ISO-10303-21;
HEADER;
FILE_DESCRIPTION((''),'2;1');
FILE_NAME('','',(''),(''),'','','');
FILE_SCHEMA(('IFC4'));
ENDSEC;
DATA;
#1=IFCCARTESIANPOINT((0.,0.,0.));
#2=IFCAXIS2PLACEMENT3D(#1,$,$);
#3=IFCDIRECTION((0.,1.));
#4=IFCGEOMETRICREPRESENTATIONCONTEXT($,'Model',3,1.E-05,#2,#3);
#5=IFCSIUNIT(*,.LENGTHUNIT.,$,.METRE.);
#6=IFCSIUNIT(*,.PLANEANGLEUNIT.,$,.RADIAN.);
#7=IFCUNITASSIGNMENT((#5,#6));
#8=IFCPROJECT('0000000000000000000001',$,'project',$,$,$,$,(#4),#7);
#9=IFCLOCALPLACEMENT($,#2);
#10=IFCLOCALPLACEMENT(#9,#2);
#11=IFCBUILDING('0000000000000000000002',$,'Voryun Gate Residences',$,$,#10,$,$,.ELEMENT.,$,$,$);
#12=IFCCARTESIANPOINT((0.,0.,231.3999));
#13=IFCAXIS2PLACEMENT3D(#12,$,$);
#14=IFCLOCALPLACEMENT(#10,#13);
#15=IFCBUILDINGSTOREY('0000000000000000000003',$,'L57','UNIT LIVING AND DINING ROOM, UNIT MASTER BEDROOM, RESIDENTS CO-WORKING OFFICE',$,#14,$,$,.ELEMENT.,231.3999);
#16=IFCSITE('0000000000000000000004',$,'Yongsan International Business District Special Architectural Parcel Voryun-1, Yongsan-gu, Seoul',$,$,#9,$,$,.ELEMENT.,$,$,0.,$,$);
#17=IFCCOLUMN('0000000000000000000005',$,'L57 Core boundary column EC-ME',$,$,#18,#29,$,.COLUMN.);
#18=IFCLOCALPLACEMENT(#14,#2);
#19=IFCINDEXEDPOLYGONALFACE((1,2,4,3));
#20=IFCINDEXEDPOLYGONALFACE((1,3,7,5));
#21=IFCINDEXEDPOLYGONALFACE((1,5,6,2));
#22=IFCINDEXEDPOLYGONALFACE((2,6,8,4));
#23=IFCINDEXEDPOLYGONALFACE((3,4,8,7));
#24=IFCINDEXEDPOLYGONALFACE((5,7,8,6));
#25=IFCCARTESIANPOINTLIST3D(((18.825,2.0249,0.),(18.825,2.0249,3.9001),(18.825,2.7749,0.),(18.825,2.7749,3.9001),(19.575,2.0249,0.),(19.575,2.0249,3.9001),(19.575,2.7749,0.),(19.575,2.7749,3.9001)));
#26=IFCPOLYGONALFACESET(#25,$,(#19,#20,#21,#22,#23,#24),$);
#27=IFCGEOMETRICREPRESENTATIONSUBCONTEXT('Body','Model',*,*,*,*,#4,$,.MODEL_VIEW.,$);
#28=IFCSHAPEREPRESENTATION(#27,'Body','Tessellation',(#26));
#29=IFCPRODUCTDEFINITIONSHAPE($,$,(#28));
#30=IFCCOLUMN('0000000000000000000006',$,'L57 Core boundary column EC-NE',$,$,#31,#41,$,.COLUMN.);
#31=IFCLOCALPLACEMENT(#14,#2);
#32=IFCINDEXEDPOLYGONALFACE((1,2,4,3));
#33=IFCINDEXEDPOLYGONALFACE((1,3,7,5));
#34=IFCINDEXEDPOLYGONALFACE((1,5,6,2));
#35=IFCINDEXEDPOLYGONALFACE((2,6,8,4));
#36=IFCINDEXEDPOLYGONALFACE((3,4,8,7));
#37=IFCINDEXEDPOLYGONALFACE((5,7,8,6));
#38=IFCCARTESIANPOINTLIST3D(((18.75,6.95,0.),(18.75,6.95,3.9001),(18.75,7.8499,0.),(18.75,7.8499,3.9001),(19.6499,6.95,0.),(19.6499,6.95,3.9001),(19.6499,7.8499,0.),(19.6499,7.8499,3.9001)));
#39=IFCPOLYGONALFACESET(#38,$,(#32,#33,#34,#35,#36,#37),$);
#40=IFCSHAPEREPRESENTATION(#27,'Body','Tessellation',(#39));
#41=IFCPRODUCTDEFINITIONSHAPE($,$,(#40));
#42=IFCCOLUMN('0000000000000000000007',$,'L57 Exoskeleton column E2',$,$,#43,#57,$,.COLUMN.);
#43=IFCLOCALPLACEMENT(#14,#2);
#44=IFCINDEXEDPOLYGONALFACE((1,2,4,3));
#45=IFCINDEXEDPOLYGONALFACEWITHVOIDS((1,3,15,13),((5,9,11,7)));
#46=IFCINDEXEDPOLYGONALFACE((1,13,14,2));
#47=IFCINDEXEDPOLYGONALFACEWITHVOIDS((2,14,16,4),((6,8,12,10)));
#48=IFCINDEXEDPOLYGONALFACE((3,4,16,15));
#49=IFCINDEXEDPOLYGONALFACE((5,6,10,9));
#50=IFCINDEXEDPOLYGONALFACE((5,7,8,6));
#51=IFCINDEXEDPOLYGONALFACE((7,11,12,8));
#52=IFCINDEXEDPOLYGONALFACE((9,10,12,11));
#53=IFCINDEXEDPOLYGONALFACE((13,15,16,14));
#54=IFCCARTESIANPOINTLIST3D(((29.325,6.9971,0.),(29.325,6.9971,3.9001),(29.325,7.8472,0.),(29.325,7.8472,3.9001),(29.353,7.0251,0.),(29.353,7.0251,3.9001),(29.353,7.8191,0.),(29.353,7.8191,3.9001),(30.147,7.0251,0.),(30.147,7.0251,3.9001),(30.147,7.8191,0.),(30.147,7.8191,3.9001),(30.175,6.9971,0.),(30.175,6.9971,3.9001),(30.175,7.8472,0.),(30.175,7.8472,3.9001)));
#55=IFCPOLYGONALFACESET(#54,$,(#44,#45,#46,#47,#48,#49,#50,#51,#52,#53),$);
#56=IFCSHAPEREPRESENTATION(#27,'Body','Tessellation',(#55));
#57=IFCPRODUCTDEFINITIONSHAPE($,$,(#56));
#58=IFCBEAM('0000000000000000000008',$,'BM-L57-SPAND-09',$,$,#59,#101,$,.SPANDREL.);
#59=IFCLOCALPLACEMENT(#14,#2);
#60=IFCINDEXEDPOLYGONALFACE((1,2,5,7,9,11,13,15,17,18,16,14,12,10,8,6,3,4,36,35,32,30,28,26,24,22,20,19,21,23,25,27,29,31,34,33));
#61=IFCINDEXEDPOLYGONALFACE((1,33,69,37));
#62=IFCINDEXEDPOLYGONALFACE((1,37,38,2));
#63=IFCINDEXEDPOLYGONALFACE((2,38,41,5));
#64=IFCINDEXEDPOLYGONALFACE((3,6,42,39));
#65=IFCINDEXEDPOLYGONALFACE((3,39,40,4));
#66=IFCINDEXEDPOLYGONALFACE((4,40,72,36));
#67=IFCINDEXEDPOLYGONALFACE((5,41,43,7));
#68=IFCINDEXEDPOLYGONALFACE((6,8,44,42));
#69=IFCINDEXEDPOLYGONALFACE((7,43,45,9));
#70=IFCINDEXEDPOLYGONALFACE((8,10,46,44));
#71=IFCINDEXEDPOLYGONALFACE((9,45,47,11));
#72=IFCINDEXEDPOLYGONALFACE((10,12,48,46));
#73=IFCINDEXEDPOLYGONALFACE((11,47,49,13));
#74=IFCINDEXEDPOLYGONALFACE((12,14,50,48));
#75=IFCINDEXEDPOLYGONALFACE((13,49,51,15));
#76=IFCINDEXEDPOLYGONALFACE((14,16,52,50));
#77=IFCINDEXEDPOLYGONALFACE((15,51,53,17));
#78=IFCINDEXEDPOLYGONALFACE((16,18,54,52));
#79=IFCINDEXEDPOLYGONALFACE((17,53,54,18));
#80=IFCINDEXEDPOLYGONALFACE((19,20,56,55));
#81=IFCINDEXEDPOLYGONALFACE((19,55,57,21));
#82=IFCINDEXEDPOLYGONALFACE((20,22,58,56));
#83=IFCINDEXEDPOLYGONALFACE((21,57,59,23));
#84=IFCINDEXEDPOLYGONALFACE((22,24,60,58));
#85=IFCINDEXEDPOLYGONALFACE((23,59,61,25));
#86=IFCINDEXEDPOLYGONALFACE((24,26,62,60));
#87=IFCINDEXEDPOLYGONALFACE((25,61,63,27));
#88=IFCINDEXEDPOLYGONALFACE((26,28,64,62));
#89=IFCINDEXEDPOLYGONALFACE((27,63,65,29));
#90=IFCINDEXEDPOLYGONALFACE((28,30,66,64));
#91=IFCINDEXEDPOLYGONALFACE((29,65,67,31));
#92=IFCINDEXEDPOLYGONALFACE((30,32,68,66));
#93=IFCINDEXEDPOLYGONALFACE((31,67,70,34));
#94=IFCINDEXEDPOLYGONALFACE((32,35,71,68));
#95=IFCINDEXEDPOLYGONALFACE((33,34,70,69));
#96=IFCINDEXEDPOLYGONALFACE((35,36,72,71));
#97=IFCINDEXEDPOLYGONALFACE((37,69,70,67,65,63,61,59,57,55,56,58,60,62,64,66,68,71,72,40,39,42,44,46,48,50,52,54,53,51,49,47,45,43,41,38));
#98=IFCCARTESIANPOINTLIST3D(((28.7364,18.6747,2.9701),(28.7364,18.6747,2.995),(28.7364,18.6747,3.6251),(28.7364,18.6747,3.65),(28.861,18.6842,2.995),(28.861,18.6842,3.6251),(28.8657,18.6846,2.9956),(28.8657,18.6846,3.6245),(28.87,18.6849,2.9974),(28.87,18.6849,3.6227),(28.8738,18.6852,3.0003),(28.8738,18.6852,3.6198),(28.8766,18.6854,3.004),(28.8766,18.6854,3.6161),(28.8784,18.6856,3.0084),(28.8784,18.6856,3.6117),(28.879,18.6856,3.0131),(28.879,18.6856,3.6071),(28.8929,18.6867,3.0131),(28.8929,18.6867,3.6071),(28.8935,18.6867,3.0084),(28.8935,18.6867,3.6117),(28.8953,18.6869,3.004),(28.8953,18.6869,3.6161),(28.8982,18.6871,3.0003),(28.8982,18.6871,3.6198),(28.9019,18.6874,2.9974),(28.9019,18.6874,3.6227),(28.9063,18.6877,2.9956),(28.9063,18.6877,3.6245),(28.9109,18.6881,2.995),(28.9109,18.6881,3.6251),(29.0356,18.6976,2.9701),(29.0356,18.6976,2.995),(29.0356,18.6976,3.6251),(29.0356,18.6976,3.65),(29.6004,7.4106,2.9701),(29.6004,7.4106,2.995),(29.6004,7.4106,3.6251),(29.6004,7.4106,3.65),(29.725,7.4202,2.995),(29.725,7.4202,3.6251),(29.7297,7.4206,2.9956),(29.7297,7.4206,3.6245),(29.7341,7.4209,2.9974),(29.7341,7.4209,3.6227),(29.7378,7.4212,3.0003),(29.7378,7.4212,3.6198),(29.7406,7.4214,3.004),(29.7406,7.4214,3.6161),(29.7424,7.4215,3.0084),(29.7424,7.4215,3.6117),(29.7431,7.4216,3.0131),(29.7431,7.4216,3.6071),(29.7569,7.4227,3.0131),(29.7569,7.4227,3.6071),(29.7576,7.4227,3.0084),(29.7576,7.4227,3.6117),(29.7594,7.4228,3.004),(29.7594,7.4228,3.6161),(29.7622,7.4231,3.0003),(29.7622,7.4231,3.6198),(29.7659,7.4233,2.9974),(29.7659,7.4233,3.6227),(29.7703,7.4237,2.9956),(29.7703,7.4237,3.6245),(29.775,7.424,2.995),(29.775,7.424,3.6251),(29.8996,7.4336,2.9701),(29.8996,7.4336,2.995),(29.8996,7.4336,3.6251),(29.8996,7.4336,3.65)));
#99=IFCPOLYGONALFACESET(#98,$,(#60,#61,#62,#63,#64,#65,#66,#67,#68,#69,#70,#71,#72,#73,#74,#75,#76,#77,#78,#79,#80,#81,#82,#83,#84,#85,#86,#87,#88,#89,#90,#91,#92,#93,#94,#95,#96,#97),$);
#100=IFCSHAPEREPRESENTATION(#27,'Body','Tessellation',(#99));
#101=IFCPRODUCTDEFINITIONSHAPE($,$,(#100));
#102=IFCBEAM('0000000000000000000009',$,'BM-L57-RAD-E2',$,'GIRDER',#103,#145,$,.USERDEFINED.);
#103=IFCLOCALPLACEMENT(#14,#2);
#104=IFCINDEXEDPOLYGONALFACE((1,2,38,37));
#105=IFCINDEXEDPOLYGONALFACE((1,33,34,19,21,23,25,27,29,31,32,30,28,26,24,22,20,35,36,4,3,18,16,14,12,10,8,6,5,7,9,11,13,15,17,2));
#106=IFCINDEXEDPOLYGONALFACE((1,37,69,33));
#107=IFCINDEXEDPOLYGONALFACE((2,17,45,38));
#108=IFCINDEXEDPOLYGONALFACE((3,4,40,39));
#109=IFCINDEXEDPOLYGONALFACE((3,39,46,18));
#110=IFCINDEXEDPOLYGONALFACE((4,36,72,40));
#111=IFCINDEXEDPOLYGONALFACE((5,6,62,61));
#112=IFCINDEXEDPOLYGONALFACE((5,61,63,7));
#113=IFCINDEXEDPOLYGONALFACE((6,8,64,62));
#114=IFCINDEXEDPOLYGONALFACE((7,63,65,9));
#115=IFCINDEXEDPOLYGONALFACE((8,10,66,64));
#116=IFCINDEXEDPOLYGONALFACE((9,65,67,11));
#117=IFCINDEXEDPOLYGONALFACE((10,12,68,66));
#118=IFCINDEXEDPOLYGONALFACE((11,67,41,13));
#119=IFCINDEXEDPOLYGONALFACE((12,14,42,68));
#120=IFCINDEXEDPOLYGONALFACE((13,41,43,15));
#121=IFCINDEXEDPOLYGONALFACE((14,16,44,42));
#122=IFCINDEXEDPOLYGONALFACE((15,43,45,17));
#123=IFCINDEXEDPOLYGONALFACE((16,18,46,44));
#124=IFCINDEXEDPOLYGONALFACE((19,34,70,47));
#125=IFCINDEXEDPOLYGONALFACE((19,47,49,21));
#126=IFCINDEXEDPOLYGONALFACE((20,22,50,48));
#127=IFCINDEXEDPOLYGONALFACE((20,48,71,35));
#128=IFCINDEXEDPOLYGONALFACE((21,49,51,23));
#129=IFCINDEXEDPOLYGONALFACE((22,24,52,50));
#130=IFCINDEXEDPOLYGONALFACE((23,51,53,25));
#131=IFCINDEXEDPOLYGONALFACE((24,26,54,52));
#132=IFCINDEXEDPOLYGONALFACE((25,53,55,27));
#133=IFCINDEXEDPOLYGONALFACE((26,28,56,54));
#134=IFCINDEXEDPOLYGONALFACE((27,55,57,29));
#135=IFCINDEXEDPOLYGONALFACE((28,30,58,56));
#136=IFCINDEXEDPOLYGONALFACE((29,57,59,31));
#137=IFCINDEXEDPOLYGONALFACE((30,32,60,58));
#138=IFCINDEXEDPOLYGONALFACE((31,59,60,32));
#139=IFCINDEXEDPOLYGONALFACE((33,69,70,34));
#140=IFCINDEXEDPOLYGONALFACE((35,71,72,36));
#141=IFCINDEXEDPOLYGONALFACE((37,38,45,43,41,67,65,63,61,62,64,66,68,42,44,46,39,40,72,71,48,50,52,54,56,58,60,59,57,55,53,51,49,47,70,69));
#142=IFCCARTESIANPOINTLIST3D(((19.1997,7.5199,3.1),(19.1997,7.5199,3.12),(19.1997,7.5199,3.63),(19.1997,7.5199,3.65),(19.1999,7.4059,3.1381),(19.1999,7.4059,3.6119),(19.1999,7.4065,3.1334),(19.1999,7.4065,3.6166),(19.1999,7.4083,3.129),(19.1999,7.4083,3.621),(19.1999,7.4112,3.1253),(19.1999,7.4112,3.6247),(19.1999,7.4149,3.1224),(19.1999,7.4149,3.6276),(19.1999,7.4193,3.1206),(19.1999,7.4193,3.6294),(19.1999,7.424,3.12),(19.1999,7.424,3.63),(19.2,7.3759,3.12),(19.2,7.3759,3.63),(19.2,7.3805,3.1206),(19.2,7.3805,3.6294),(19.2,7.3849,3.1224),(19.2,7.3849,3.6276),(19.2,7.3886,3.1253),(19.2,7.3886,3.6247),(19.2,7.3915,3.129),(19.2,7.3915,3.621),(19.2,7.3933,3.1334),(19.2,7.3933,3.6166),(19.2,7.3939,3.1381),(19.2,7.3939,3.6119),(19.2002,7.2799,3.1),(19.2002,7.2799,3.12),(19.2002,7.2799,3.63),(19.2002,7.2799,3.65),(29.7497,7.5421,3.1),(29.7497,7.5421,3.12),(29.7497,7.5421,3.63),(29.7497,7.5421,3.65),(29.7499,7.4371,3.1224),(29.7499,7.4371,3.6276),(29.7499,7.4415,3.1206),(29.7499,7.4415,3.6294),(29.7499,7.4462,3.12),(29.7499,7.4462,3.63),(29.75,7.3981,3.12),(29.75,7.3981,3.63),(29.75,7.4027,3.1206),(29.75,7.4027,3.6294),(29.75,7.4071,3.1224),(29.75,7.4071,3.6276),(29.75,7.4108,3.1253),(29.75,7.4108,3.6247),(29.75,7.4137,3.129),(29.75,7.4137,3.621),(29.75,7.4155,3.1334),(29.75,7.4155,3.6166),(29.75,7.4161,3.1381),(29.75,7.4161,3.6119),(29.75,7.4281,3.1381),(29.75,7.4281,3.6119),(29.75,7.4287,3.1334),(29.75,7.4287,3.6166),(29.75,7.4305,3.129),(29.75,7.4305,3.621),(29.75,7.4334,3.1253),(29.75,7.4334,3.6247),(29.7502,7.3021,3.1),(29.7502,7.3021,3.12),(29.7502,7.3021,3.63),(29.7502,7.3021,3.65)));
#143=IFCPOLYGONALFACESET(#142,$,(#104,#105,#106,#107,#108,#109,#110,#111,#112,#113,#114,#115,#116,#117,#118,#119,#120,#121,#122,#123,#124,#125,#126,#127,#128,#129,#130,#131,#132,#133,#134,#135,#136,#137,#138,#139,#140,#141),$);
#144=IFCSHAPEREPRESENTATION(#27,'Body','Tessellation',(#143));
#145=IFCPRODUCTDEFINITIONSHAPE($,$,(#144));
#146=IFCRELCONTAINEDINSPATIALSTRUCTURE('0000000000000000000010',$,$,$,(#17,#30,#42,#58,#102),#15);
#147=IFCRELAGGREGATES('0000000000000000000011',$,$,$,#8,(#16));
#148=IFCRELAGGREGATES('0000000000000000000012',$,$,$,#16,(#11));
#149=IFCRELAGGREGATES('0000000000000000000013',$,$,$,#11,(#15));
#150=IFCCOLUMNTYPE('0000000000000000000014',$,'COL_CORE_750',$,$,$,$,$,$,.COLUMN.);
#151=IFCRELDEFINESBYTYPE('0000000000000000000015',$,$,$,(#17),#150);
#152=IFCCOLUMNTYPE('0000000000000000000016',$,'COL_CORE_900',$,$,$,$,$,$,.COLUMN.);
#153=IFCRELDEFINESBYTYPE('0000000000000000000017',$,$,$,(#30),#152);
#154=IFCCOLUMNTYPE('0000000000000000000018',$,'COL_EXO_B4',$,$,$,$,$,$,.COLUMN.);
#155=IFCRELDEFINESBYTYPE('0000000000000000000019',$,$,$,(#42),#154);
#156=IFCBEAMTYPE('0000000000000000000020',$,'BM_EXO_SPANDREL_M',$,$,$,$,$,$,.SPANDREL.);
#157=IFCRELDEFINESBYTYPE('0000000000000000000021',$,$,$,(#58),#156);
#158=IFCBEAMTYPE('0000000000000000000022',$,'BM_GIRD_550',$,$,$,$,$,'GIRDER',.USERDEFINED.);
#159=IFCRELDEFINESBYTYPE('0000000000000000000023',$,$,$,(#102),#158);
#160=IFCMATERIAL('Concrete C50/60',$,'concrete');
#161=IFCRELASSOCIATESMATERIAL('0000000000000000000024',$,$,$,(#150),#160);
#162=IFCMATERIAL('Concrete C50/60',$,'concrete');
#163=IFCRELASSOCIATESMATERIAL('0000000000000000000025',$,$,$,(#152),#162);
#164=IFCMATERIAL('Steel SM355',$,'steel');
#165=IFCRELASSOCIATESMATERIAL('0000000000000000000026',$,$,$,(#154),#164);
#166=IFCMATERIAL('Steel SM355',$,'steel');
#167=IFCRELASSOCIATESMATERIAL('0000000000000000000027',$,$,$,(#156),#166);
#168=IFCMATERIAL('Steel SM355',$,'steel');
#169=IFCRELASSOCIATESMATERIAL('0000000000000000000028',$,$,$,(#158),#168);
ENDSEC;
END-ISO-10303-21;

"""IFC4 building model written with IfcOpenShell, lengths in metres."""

from ifc_helpers import new_model, si_unit, direction, frame, origin, origin_2d, place, context, subcontext, project, spatial, rectangle, hollow_rectangle, i_section, extrude, material, material_profile, profile_set, type_object, element, save


model = new_model("IFC4")

# Units and contexts
model_context = context("Model", 3, precision=1e-05, world=origin(), true_north=direction((0.0, 1.0)))
body_context = subcontext(model_context, "Body", "Model", "MODEL_VIEW")
ifc_project = project(units=[si_unit("LENGTHUNIT", "METRE"), si_unit("PLANEANGLEUNIT", "RADIAN")], contexts=[model_context])

# Site, building, storey
site_placement = place(None, origin())
site = spatial("IfcSite", under=ifc_project, at=site_placement, Name="Yongsan International Business District Special Architectural Parcel Voryun-1, Yongsan-gu, Seoul", CompositionType="ELEMENT", RefElevation=0.0)
building_placement = place(site_placement, origin())
building = spatial("IfcBuilding", under=site, at=building_placement, Name="Voryun Gate Residences", CompositionType="ELEMENT")
storey_placement = place(building_placement, frame((0.0, 0.0, 231.3999)))
storey = spatial("IfcBuildingStorey", under=building, at=storey_placement, Name="L57", Description="UNIT LIVING AND DINING ROOM, UNIT MASTER BEDROOM, RESIDENTS CO-WORKING OFFICE", CompositionType="ELEMENT", Elevation=231.3999)

# Columns
ifc_material_1 = material(Name="Concrete C50/60", Category="concrete")
ifc_material_profile_1 = material_profile(ifc_material_1, rectangle(XDim=0.75, YDim=0.75, at=origin_2d()), Name="RC-750x750")
ifc_profile_set_1 = profile_set([ifc_material_profile_1], Name="Concrete C50/60")
column_type_1 = type_object("IfcColumnType", Name="COL_CORE_750", PredefinedType="COLUMN", material=ifc_profile_set_1)
column_1_placement = place(storey_placement, frame((19.2, 2.3999, 0.0), z_axis=(0.0, 0.0, 1.0), x_axis=(1.0, 0.0, 0.0)))
element("IfcColumn", 1, at=column_1_placement, inside=storey, type_object=column_type_1, Name="L57 Core boundary column EC-ME", PredefinedType="COLUMN", context=body_context, shape_type="SweptSolid", body=[
    extrude(rectangle(XDim=0.75, YDim=0.75, at=origin_2d()), origin(), (0.0, 0.0, 1.0), 3.9001),
])
ifc_material_2 = material(Name="Concrete C50/60", Category="concrete")
ifc_material_profile_2 = material_profile(ifc_material_2, rectangle(XDim=0.8999, YDim=0.8999, at=origin_2d()), Name="RC-900x900")
ifc_profile_set_2 = profile_set([ifc_material_profile_2], Name="Concrete C50/60")
column_type_2 = type_object("IfcColumnType", Name="COL_CORE_900", PredefinedType="COLUMN", material=ifc_profile_set_2)
column_2_placement = place(storey_placement, frame((19.2, 7.3999, 0.0), z_axis=(0.0, 0.0, 1.0), x_axis=(1.0, 0.0, 0.0)))
element("IfcColumn", 2, at=column_2_placement, inside=storey, type_object=column_type_2, Name="L57 Core boundary column EC-NE", PredefinedType="COLUMN", context=body_context, shape_type="SweptSolid", body=[
    extrude(rectangle(XDim=0.8999, YDim=0.8999, at=origin_2d()), origin(), (0.0, 0.0, 1.0), 3.9001),
])
ifc_material_3 = material(Name="Steel SM355", Category="steel")
ifc_material_profile_3 = material_profile(ifc_material_3, hollow_rectangle(XDim=0.8501, YDim=0.8501, WallThickness=0.0281, at=origin_2d()), Name="BOX-850x850x28")
ifc_profile_set_3 = profile_set([ifc_material_profile_3], Name="Steel SM355")
column_type_3 = type_object("IfcColumnType", Name="COL_EXO_B4", PredefinedType="COLUMN", material=ifc_profile_set_3)
column_3_placement = place(storey_placement, frame((29.75, 7.4221, 0.0), z_axis=(0.0, 0.0, 1.0), x_axis=(1.0, 0.0, 0.0)))
element("IfcColumn", 3, at=column_3_placement, inside=storey, type_object=column_type_3, Name="L57 Exoskeleton column E2", PredefinedType="COLUMN", context=body_context, shape_type="SweptSolid", body=[
    extrude(hollow_rectangle(XDim=0.8501, YDim=0.8501, WallThickness=0.0281, at=origin_2d()), origin(), (0.0, 0.0, 1.0), 3.9001),
])

# Beams
ifc_material_4 = material(Name="Steel SM355", Category="steel")
ifc_material_profile_4 = material_profile(ifc_material_4, i_section(OverallWidth=0.3, OverallDepth=0.6799, WebThickness=0.0139, FlangeThickness=0.0249, FilletRadius=0.0181, at=origin_2d()), Name="H-680x300x14x25")
ifc_profile_set_4 = profile_set([ifc_material_profile_4], Name="Steel SM355")
beam_type_1 = type_object("IfcBeamType", Name="BM_EXO_SPANDREL_M", PredefinedType="SPANDREL", material=ifc_profile_set_4)
beam_1_placement = place(storey_placement, frame((29.75, 7.4221, 3.3101), z_axis=(-0.076482, 0.997071, 0.0), x_axis=(-0.997071, -0.076482, 0.0)))
element("IfcBeam", 4, at=beam_1_placement, inside=storey, type_object=beam_type_1, Name="BM-L57-SPAND-09", PredefinedType="SPANDREL", context=body_context, shape_type="SweptSolid", body=[
    extrude(i_section(OverallWidth=0.3, OverallDepth=0.6799, WebThickness=0.0139, FlangeThickness=0.0249, FilletRadius=0.0181, at=origin_2d()), origin(), (0.0, 0.0, 1.0), 11.2971),
])
ifc_material_5 = material(Name="Steel SM355", Category="steel")
ifc_material_profile_5 = material_profile(ifc_material_5, i_section(OverallWidth=0.24, OverallDepth=0.55, WebThickness=0.012, FlangeThickness=0.02, FilletRadius=0.0181, at=origin_2d()), Name="H-550x240x12x20")
ifc_profile_set_5 = profile_set([ifc_material_profile_5], Name="Steel SM355")
beam_type_2 = type_object("IfcBeamType", Name="BM_GIRD_550", ElementType="GIRDER", PredefinedType="USERDEFINED", material=ifc_profile_set_5)
beam_2_placement = place(storey_placement, frame((19.2, 7.3999, 3.375), z_axis=(0.999998, 0.002106, 0.0), x_axis=(-0.002106, 0.999998, 0.0)))
element("IfcBeam", 5, at=beam_2_placement, inside=storey, type_object=beam_type_2, Name="BM-L57-RAD-E2", ObjectType="GIRDER", PredefinedType="USERDEFINED", context=body_context, shape_type="SweptSolid", body=[
    extrude(i_section(OverallWidth=0.24, OverallDepth=0.55, WebThickness=0.012, FlangeThickness=0.02, FilletRadius=0.0181, at=origin_2d()), origin(), (0.0, 0.0, 1.0), 10.55),
])

save(model, "model.ifc")
